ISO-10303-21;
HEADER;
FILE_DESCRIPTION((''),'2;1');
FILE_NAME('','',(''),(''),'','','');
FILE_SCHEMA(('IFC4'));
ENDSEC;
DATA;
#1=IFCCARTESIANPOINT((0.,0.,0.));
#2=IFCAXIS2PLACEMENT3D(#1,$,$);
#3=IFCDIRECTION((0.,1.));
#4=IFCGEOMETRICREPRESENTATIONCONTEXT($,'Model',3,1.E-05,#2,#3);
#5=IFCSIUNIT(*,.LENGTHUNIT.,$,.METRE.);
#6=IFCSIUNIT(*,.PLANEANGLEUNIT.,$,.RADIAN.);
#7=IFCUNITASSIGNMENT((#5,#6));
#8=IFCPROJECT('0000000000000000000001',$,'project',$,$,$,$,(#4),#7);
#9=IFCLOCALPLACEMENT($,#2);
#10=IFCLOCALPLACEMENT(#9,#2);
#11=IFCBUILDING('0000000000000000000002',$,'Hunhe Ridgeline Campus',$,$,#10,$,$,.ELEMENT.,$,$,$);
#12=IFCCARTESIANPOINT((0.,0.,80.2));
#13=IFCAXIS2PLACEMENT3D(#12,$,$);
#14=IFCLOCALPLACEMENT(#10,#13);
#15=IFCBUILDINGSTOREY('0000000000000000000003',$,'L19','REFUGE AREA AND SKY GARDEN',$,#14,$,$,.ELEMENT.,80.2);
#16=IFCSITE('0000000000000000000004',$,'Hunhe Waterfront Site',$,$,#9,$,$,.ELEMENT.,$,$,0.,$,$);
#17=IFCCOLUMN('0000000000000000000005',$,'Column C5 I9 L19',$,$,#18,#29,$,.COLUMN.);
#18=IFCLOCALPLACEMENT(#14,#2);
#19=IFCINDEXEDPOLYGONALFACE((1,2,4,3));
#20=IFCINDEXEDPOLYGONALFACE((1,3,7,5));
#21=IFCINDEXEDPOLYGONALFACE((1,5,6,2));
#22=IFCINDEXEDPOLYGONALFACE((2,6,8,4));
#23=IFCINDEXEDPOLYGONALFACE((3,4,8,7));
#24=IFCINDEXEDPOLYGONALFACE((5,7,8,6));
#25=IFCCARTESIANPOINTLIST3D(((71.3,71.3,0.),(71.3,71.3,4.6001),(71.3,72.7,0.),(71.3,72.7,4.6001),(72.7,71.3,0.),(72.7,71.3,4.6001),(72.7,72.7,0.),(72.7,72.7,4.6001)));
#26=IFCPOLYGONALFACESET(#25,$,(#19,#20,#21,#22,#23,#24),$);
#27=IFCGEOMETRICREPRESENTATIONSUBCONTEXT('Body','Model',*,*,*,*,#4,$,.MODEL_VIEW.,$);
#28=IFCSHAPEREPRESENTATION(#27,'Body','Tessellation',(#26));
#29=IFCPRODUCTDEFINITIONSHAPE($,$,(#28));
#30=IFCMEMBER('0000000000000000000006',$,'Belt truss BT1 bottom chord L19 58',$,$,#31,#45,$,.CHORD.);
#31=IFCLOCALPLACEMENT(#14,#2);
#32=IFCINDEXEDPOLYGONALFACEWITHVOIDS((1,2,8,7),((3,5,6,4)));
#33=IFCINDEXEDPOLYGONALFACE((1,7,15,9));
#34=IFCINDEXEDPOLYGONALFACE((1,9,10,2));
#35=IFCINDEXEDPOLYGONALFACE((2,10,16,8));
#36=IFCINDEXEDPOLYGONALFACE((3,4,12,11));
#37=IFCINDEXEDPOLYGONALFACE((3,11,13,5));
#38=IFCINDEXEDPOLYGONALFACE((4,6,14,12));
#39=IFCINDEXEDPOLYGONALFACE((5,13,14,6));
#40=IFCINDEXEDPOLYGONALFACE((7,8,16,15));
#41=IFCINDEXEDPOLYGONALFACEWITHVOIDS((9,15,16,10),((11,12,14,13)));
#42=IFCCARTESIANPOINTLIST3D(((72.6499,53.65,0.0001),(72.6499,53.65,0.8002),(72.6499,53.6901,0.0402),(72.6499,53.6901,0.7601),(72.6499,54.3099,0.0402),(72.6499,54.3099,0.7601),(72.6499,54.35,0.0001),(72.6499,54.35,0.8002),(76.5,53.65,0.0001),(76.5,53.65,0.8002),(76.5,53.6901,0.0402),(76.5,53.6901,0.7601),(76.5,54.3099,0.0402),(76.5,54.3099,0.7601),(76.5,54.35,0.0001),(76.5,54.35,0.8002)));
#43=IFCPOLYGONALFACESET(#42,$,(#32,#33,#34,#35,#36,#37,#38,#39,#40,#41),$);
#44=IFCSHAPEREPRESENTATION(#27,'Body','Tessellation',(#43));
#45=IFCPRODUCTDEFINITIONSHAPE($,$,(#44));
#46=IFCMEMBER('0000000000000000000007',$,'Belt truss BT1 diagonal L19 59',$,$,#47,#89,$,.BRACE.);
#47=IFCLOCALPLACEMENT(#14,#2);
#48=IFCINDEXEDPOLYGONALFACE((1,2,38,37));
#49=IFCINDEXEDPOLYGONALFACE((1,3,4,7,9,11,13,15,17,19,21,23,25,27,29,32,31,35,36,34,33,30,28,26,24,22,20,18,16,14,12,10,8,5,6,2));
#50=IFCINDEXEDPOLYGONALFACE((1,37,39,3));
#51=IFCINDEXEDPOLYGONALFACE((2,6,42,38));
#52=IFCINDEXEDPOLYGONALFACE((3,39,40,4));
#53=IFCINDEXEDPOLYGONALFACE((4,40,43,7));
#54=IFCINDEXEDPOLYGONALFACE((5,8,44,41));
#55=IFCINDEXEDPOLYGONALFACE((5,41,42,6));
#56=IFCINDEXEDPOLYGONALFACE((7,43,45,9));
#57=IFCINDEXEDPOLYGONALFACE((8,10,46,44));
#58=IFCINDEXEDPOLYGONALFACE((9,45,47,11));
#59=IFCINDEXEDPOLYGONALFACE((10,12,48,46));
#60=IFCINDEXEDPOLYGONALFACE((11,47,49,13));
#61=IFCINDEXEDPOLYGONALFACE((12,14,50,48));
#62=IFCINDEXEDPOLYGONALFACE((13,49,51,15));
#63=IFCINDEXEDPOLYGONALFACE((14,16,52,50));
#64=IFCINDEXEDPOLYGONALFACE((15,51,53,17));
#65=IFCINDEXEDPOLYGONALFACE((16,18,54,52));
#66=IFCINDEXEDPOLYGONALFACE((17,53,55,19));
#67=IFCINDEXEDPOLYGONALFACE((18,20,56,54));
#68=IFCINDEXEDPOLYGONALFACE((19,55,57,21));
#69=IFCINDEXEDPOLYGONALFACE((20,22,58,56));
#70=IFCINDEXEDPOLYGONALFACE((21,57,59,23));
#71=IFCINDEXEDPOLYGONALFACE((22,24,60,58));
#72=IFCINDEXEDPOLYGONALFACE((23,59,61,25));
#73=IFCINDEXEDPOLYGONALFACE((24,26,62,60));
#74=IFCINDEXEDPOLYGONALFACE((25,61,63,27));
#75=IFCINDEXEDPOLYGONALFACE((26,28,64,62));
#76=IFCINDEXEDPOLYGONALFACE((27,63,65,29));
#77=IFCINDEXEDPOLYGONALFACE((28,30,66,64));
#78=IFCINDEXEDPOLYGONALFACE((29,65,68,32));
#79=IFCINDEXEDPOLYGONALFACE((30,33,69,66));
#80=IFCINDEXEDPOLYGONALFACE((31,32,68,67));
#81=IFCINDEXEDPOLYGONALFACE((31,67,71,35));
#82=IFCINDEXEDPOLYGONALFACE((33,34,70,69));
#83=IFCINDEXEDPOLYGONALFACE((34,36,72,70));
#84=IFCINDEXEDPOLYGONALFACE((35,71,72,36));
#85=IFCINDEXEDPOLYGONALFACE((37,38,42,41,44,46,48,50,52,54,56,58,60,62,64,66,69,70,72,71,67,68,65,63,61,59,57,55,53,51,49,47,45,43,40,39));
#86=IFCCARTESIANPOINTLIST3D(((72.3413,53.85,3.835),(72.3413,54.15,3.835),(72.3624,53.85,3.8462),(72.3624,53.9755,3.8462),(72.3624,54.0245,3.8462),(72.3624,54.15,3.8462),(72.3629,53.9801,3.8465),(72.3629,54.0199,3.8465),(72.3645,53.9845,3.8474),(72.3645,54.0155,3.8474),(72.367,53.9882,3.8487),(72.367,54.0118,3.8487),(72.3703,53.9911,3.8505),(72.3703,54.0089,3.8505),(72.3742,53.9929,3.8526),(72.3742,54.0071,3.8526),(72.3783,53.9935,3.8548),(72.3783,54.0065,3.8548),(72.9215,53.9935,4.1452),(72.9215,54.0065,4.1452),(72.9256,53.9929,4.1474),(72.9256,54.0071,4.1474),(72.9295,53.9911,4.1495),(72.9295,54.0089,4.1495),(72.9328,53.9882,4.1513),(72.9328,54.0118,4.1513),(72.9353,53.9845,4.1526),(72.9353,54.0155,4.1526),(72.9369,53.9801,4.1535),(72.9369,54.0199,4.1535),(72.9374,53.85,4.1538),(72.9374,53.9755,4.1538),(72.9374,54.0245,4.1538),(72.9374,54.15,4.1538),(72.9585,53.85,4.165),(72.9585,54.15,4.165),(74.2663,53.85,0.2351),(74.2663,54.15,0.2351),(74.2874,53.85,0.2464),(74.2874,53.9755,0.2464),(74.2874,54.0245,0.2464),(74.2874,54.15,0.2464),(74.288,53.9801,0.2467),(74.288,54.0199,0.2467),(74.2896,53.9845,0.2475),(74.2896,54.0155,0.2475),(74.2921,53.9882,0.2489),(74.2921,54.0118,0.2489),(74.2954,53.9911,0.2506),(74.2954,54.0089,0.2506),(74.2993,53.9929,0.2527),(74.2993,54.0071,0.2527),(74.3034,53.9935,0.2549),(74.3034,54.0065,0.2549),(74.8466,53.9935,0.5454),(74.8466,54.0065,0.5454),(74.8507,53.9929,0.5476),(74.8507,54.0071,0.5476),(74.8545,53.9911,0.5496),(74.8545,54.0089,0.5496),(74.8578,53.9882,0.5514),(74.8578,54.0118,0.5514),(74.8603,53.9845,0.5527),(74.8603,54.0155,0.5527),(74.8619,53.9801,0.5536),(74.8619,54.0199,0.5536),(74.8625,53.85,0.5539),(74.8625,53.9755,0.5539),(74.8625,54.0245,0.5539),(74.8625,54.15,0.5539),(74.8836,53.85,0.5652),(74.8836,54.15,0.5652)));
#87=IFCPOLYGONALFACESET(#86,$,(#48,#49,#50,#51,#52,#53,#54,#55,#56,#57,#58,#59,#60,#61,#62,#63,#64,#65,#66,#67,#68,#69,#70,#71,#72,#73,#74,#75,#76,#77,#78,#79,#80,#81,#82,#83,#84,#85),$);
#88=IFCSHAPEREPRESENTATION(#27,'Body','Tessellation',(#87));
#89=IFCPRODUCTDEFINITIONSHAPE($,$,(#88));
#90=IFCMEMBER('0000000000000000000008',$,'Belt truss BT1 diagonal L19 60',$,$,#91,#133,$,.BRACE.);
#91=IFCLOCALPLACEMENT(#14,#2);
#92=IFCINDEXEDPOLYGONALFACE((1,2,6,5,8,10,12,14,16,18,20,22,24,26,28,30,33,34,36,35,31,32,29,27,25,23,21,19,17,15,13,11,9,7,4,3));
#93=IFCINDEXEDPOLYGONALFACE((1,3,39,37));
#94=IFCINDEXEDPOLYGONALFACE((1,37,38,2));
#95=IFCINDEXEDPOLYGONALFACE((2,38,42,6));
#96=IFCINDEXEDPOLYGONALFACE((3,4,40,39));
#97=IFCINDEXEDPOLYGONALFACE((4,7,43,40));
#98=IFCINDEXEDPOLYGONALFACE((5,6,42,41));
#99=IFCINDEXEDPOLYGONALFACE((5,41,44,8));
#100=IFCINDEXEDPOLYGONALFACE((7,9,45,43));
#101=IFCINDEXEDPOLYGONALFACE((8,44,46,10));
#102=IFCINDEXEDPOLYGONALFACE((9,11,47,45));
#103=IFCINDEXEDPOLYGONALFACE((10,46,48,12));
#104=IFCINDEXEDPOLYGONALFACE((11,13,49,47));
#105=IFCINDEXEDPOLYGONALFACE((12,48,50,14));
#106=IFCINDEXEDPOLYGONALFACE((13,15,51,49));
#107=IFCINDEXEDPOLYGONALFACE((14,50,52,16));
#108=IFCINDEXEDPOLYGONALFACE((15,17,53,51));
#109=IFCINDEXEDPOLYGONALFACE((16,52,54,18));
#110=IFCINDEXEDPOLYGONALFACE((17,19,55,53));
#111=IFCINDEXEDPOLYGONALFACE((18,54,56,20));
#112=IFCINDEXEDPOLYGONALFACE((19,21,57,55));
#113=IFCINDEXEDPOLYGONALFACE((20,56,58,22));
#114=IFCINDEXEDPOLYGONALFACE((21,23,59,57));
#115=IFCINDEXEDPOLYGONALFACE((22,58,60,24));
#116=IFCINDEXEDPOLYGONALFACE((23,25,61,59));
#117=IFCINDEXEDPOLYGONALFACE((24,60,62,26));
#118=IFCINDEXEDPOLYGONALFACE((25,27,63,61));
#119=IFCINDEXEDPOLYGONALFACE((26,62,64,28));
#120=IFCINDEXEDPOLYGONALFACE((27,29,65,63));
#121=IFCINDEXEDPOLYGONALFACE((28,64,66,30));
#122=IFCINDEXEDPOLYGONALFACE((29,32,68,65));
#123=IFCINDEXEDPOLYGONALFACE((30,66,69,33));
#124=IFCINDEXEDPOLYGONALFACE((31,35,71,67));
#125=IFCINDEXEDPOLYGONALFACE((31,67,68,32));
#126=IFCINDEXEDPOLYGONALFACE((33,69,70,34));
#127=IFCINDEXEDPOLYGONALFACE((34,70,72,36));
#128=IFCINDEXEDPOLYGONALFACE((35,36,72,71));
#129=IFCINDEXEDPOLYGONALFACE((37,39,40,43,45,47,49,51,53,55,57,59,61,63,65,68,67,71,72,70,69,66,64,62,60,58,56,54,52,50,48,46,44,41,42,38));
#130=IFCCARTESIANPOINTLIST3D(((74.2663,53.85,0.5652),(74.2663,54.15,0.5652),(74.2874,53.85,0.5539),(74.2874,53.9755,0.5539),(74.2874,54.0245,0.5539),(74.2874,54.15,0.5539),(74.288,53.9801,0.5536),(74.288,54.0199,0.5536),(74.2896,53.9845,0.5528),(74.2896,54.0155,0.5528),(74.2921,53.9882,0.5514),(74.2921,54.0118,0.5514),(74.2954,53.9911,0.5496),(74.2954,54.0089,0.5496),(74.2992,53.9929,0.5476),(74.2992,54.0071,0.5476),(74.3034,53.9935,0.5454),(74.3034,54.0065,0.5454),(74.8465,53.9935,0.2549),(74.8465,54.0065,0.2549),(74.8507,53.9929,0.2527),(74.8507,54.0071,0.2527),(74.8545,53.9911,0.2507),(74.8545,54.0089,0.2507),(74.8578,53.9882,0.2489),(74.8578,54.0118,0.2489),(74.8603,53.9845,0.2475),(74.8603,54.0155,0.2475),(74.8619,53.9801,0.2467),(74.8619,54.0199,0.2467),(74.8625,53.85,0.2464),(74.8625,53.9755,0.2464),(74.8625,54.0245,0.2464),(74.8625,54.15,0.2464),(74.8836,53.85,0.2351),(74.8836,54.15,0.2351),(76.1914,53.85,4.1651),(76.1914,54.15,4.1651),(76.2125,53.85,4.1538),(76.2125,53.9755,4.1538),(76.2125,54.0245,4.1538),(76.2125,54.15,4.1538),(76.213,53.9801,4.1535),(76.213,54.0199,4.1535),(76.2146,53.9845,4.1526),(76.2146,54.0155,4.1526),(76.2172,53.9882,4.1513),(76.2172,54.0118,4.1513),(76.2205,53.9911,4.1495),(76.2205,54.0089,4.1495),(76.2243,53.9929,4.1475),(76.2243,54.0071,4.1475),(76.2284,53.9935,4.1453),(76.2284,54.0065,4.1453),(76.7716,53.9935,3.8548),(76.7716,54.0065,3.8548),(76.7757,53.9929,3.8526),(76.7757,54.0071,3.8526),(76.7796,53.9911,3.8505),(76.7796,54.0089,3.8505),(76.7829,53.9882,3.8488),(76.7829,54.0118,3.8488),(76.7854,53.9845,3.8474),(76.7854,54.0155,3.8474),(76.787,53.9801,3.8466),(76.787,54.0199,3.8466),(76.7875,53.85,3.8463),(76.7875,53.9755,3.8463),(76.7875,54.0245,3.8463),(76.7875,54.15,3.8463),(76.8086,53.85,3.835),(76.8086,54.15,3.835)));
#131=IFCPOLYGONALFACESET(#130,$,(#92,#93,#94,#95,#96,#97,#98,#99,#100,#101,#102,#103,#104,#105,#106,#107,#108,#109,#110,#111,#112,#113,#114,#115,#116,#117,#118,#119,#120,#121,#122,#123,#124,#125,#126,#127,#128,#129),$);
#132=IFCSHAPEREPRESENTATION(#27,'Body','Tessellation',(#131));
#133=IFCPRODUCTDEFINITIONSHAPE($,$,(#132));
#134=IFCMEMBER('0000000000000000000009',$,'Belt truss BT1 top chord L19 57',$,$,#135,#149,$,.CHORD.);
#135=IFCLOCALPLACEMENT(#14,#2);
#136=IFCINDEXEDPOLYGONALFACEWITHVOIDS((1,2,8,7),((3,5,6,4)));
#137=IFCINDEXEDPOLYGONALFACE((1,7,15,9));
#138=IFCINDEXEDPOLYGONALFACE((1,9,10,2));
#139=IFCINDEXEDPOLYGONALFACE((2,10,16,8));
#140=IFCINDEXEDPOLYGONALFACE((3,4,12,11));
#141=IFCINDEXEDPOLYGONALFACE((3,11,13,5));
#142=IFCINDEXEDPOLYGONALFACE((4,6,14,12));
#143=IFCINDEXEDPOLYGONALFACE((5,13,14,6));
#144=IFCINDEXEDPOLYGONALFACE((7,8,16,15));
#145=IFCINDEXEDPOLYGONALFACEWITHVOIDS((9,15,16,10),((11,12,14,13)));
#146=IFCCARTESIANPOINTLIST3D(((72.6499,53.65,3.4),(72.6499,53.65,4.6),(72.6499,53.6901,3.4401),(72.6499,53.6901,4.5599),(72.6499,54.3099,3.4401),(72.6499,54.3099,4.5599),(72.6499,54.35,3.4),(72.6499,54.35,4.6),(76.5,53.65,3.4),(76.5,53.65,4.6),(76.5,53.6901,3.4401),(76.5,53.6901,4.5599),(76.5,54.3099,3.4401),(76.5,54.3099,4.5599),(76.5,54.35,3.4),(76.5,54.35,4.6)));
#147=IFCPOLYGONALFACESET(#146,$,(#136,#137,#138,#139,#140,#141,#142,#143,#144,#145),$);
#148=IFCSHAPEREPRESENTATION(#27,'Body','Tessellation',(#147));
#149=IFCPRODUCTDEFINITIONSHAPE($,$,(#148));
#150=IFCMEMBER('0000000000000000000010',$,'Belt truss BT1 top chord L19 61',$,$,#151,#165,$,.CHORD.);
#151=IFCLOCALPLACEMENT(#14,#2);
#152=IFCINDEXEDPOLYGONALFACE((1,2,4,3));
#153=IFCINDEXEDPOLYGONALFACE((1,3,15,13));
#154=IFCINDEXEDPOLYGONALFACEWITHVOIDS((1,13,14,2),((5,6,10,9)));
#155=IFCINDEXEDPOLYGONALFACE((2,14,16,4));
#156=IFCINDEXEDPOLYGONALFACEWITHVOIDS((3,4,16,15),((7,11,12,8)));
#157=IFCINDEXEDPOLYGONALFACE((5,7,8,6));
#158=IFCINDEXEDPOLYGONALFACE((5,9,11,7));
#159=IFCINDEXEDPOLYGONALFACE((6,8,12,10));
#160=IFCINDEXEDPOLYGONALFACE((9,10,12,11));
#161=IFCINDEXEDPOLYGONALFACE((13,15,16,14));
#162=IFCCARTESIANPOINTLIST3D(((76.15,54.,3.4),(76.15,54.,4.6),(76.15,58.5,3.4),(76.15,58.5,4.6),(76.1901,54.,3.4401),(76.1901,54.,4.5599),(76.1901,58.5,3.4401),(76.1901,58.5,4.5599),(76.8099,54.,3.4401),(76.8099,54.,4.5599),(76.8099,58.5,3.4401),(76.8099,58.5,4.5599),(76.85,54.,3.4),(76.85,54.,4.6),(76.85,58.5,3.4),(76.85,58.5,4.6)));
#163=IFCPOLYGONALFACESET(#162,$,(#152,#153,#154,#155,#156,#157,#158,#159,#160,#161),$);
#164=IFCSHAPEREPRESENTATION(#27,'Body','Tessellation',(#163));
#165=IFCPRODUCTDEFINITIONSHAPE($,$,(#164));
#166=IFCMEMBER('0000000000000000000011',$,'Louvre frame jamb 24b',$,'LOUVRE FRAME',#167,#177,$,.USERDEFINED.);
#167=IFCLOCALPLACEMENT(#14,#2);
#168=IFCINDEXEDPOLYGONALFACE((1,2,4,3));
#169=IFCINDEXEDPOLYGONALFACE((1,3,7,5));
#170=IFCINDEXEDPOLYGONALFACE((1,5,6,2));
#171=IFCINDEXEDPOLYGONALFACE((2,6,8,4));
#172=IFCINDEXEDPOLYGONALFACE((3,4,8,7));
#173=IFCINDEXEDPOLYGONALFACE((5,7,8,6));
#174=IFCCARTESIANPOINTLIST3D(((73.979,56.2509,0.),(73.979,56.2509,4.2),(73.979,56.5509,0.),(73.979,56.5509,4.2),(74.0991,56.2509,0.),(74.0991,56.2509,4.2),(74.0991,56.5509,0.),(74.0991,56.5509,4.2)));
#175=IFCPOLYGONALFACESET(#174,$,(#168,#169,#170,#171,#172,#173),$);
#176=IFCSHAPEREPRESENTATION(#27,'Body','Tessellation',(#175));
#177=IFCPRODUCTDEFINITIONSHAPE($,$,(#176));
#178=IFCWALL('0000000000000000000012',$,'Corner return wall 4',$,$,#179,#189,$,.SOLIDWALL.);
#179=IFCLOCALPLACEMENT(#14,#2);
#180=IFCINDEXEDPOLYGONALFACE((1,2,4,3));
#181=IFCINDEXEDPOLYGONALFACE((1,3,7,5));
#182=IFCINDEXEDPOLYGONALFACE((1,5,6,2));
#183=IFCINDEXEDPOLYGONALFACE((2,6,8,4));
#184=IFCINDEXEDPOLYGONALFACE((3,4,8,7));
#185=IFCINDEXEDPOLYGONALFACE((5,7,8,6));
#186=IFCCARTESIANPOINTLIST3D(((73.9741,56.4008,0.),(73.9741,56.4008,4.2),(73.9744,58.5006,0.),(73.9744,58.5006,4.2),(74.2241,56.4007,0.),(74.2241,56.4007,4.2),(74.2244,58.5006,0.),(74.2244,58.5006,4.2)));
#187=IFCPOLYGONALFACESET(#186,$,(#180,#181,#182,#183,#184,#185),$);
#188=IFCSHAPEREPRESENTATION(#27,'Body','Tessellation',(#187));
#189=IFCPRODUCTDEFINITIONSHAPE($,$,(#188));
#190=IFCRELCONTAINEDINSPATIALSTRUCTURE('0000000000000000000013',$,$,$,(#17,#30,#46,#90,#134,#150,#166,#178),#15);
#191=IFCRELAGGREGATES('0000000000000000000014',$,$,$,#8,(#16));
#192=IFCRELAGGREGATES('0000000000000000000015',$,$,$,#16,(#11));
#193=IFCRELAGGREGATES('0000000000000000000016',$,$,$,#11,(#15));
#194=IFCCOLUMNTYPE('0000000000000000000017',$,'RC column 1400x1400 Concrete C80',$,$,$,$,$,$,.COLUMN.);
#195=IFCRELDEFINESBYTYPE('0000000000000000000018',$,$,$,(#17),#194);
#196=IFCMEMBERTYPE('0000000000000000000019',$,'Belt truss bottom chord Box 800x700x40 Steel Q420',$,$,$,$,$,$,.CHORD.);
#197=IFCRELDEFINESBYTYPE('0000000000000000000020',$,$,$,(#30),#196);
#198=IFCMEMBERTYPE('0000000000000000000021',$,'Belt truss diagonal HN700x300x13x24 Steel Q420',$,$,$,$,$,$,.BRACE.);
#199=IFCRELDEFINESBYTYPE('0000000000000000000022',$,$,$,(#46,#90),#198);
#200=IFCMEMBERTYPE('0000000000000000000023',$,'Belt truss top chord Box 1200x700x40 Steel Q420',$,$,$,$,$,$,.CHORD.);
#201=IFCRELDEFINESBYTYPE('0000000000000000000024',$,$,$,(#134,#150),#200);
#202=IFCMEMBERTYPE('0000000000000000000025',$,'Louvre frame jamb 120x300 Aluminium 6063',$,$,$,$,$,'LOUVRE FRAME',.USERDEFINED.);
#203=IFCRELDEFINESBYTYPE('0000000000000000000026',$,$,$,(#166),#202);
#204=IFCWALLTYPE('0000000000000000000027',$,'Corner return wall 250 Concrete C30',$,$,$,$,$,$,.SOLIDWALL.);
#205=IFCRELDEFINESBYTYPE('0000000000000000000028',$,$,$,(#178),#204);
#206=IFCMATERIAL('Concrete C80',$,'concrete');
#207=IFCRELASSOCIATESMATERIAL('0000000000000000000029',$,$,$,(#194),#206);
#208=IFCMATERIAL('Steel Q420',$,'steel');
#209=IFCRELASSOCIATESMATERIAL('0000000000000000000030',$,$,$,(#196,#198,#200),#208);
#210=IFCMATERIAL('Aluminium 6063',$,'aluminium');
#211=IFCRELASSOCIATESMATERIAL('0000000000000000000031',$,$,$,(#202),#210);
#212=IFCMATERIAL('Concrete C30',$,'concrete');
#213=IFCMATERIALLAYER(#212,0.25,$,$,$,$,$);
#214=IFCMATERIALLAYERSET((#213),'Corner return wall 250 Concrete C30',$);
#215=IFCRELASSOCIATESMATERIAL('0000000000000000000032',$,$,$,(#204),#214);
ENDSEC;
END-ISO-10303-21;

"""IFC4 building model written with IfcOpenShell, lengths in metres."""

from ifc_helpers import new_model, si_unit, direction, frame, frame_2d, origin, origin_2d, place, context, subcontext, project, spatial, rectangle, hollow_rectangle, i_section, extrude, material, layer, layer_set, material_profile, profile_set, type_object, element, save


model = new_model("IFC4")

# Units and contexts
model_context = context("Model", 3, precision=1e-05, world=origin(), true_north=direction((0.0, 1.0)))
body_context = subcontext(model_context, "Body", "Model", "MODEL_VIEW")
ifc_project = project(units=[si_unit("LENGTHUNIT", "METRE"), si_unit("PLANEANGLEUNIT", "RADIAN")], contexts=[model_context])

# Site, building, storey
site_placement = place(None, origin())
site = spatial("IfcSite", under=ifc_project, at=site_placement, Name="Hunhe Waterfront Site", CompositionType="ELEMENT", RefElevation=0.0)
building_placement = place(site_placement, origin())
building = spatial("IfcBuilding", under=site, at=building_placement, Name="Hunhe Ridgeline Campus", CompositionType="ELEMENT")
storey_placement = place(building_placement, frame((0.0, 0.0, 80.2)))
storey = spatial("IfcBuildingStorey", under=building, at=storey_placement, Name="L19", Description="REFUGE AREA AND SKY GARDEN", CompositionType="ELEMENT", Elevation=80.2)

# Column
ifc_material_1 = material(Name="Concrete C80", Category="concrete")
ifc_material_profile_1 = material_profile(ifc_material_1, rectangle(XDim=1.3999, YDim=1.3999, at=origin_2d()))
ifc_profile_set_1 = profile_set([ifc_material_profile_1], Name="Concrete C80")
column_type = type_object("IfcColumnType", Name="RC column 1400x1400 Concrete C80", PredefinedType="COLUMN", material=ifc_profile_set_1)
column_placement = place(storey_placement, frame((72.0, 72.0, 0.0), z_axis=(0.0, 0.0, 1.0), x_axis=(1.0, 0.0, 0.0)))
element("IfcColumn", 1, at=column_placement, inside=storey, type_object=column_type, Name="Column C5 I9 L19", PredefinedType="COLUMN", context=body_context, shape_type="SweptSolid", body=[
    extrude(rectangle(XDim=1.3999, YDim=1.3999, at=origin_2d()), origin(), (0.0, 0.0, 1.0), 4.6001),
])

# Members
ifc_material_2 = material(Name="Steel Q420", Category="steel")
ifc_material_profile_2 = material_profile(ifc_material_2, hollow_rectangle(XDim=0.7, YDim=0.8, WallThickness=0.04, at=origin_2d()))
ifc_profile_set_2 = profile_set([ifc_material_profile_2], Name="Steel Q420")
member_type_1 = type_object("IfcMemberType", Name="Belt truss bottom chord Box 800x700x40 Steel Q420", PredefinedType="CHORD", material=ifc_profile_set_2)
member_1_placement = place(storey_placement, frame((72.6499, 54.0, 0.4001), z_axis=(1.0, 0.0, 0.0), x_axis=(0.0, 1.0, 0.0)))
element("IfcMember", 2, at=member_1_placement, inside=storey, type_object=member_type_1, Name="Belt truss BT1 bottom chord L19 58", PredefinedType="CHORD", context=body_context, shape_type="SweptSolid", body=[
    extrude(hollow_rectangle(XDim=0.7, YDim=0.8, WallThickness=0.04, at=origin_2d()), origin(), (0.0, 0.0, 1.0), 3.8501),
])
ifc_material_profile_3 = material_profile(ifc_material_2, i_section(OverallWidth=0.3, OverallDepth=0.7, WebThickness=0.0129, FlangeThickness=0.0239, FilletRadius=0.0181, at=origin_2d()))
ifc_profile_set_3 = profile_set([ifc_material_profile_3], Name="Steel Q420")
member_type_2 = type_object("IfcMemberType", Name="Belt truss diagonal HN700x300x13x24 Steel Q420", PredefinedType="BRACE", material=ifc_profile_set_3)
for number, where, z_axis, x_axis, name in (
    (3, (72.6499, 54.0, 4.0), (0.471566, 0.0, -0.881831), (0.0, 1.0, 0.0), "Belt truss BT1 diagonal L19 59"),
    (4, (74.575, 54.0, 0.4001), (0.471566, 0.0, 0.881831), (0.0, 1.0, 0.0), "Belt truss BT1 diagonal L19 60"),
):
    element("IfcMember", number, at=place(storey_placement, frame(where, z_axis=z_axis, x_axis=x_axis)), inside=storey, type_object=member_type_2, Name=name, PredefinedType="BRACE", context=body_context, shape_type="SweptSolid", body=[
        extrude(i_section(OverallWidth=0.3, OverallDepth=0.7, WebThickness=0.0129, FlangeThickness=0.0239, FilletRadius=0.0181, at=origin_2d()), origin(), (0.0, 0.0, 1.0), 4.0823),
    ])
ifc_material_profile_4 = material_profile(ifc_material_2, hollow_rectangle(XDim=0.7, YDim=1.2, WallThickness=0.04, at=origin_2d()))
ifc_profile_set_4 = profile_set([ifc_material_profile_4], Name="Steel Q420")
member_type_3 = type_object("IfcMemberType", Name="Belt truss top chord Box 1200x700x40 Steel Q420", PredefinedType="CHORD", material=ifc_profile_set_4)
member_2_placement = place(storey_placement, frame((72.6499, 54.0, 4.0), z_axis=(1.0, 0.0, 0.0), x_axis=(0.0, 1.0, 0.0)))
element("IfcMember", 5, at=member_2_placement, inside=storey, type_object=member_type_3, Name="Belt truss BT1 top chord L19 57", PredefinedType="CHORD", context=body_context, shape_type="SweptSolid", body=[
    extrude(hollow_rectangle(XDim=0.7, YDim=1.2, WallThickness=0.04, at=origin_2d()), origin(), (0.0, 0.0, 1.0), 3.8501),
])
member_3_placement = place(storey_placement, frame((76.5, 54.0, 4.0), z_axis=(0.0, 1.0, 0.0), x_axis=(-1.0, 0.0, 0.0)))
element("IfcMember", 6, at=member_3_placement, inside=storey, type_object=member_type_3, Name="Belt truss BT1 top chord L19 61", PredefinedType="CHORD", context=body_context, shape_type="SweptSolid", body=[
    extrude(hollow_rectangle(XDim=0.7, YDim=1.2, WallThickness=0.04, at=origin_2d()), origin(), (0.0, 0.0, 1.0), 4.5),
])
ifc_material_3 = material(Name="Aluminium 6063", Category="aluminium")
ifc_material_profile_5 = material_profile(ifc_material_3, rectangle(XDim=0.3, YDim=0.1201, at=origin_2d()))
ifc_profile_set_5 = profile_set([ifc_material_profile_5], Name="Aluminium 6063")
member_type_4 = type_object("IfcMemberType", Name="Louvre frame jamb 120x300 Aluminium 6063", ElementType="LOUVRE FRAME", PredefinedType="USERDEFINED", material=ifc_profile_set_5)
member_4_placement = place(storey_placement, frame((74.0391, 56.4009, 0.0), z_axis=(0.0, 0.0, 1.0), x_axis=(0.0, 1.0, 0.0)))
element("IfcMember", 7, at=member_4_placement, inside=storey, type_object=member_type_4, Name="Louvre frame jamb 24b", ObjectType="LOUVRE FRAME", PredefinedType="USERDEFINED", context=body_context, shape_type="SweptSolid", body=[
    extrude(rectangle(XDim=0.3, YDim=0.1201, at=origin_2d()), origin(), (0.0, 0.0, 1.0), 4.2),
])

# Wall
ifc_material_4 = material(Name="Concrete C30", Category="concrete")
ifc_layer_1 = layer(ifc_material_4, 0.25)
ifc_layer_set_1 = layer_set([ifc_layer_1], Name="Corner return wall 250 Concrete C30")
wall_type_1 = type_object("IfcWallType", Name="Corner return wall 250 Concrete C30", PredefinedType="SOLIDWALL", material=ifc_layer_set_1)
wall_1_placement = place(storey_placement, frame((74.0991, 56.4009, 0.0), z_axis=(0.0, 0.0, 1.0), x_axis=(0.000116, 1.0, 0.0)))
element("IfcWall", 8, at=wall_1_placement, inside=storey, type_object=wall_type_1, Name="Corner return wall 4", PredefinedType="SOLIDWALL", context=body_context, shape_type="SweptSolid", body=[
    extrude(rectangle(XDim=2.0999, YDim=0.25, at=frame_2d((1.0498, 0.0))), origin(), (0.0, 0.0, 1.0), 4.2),
])

save(model, "model.ifc")
